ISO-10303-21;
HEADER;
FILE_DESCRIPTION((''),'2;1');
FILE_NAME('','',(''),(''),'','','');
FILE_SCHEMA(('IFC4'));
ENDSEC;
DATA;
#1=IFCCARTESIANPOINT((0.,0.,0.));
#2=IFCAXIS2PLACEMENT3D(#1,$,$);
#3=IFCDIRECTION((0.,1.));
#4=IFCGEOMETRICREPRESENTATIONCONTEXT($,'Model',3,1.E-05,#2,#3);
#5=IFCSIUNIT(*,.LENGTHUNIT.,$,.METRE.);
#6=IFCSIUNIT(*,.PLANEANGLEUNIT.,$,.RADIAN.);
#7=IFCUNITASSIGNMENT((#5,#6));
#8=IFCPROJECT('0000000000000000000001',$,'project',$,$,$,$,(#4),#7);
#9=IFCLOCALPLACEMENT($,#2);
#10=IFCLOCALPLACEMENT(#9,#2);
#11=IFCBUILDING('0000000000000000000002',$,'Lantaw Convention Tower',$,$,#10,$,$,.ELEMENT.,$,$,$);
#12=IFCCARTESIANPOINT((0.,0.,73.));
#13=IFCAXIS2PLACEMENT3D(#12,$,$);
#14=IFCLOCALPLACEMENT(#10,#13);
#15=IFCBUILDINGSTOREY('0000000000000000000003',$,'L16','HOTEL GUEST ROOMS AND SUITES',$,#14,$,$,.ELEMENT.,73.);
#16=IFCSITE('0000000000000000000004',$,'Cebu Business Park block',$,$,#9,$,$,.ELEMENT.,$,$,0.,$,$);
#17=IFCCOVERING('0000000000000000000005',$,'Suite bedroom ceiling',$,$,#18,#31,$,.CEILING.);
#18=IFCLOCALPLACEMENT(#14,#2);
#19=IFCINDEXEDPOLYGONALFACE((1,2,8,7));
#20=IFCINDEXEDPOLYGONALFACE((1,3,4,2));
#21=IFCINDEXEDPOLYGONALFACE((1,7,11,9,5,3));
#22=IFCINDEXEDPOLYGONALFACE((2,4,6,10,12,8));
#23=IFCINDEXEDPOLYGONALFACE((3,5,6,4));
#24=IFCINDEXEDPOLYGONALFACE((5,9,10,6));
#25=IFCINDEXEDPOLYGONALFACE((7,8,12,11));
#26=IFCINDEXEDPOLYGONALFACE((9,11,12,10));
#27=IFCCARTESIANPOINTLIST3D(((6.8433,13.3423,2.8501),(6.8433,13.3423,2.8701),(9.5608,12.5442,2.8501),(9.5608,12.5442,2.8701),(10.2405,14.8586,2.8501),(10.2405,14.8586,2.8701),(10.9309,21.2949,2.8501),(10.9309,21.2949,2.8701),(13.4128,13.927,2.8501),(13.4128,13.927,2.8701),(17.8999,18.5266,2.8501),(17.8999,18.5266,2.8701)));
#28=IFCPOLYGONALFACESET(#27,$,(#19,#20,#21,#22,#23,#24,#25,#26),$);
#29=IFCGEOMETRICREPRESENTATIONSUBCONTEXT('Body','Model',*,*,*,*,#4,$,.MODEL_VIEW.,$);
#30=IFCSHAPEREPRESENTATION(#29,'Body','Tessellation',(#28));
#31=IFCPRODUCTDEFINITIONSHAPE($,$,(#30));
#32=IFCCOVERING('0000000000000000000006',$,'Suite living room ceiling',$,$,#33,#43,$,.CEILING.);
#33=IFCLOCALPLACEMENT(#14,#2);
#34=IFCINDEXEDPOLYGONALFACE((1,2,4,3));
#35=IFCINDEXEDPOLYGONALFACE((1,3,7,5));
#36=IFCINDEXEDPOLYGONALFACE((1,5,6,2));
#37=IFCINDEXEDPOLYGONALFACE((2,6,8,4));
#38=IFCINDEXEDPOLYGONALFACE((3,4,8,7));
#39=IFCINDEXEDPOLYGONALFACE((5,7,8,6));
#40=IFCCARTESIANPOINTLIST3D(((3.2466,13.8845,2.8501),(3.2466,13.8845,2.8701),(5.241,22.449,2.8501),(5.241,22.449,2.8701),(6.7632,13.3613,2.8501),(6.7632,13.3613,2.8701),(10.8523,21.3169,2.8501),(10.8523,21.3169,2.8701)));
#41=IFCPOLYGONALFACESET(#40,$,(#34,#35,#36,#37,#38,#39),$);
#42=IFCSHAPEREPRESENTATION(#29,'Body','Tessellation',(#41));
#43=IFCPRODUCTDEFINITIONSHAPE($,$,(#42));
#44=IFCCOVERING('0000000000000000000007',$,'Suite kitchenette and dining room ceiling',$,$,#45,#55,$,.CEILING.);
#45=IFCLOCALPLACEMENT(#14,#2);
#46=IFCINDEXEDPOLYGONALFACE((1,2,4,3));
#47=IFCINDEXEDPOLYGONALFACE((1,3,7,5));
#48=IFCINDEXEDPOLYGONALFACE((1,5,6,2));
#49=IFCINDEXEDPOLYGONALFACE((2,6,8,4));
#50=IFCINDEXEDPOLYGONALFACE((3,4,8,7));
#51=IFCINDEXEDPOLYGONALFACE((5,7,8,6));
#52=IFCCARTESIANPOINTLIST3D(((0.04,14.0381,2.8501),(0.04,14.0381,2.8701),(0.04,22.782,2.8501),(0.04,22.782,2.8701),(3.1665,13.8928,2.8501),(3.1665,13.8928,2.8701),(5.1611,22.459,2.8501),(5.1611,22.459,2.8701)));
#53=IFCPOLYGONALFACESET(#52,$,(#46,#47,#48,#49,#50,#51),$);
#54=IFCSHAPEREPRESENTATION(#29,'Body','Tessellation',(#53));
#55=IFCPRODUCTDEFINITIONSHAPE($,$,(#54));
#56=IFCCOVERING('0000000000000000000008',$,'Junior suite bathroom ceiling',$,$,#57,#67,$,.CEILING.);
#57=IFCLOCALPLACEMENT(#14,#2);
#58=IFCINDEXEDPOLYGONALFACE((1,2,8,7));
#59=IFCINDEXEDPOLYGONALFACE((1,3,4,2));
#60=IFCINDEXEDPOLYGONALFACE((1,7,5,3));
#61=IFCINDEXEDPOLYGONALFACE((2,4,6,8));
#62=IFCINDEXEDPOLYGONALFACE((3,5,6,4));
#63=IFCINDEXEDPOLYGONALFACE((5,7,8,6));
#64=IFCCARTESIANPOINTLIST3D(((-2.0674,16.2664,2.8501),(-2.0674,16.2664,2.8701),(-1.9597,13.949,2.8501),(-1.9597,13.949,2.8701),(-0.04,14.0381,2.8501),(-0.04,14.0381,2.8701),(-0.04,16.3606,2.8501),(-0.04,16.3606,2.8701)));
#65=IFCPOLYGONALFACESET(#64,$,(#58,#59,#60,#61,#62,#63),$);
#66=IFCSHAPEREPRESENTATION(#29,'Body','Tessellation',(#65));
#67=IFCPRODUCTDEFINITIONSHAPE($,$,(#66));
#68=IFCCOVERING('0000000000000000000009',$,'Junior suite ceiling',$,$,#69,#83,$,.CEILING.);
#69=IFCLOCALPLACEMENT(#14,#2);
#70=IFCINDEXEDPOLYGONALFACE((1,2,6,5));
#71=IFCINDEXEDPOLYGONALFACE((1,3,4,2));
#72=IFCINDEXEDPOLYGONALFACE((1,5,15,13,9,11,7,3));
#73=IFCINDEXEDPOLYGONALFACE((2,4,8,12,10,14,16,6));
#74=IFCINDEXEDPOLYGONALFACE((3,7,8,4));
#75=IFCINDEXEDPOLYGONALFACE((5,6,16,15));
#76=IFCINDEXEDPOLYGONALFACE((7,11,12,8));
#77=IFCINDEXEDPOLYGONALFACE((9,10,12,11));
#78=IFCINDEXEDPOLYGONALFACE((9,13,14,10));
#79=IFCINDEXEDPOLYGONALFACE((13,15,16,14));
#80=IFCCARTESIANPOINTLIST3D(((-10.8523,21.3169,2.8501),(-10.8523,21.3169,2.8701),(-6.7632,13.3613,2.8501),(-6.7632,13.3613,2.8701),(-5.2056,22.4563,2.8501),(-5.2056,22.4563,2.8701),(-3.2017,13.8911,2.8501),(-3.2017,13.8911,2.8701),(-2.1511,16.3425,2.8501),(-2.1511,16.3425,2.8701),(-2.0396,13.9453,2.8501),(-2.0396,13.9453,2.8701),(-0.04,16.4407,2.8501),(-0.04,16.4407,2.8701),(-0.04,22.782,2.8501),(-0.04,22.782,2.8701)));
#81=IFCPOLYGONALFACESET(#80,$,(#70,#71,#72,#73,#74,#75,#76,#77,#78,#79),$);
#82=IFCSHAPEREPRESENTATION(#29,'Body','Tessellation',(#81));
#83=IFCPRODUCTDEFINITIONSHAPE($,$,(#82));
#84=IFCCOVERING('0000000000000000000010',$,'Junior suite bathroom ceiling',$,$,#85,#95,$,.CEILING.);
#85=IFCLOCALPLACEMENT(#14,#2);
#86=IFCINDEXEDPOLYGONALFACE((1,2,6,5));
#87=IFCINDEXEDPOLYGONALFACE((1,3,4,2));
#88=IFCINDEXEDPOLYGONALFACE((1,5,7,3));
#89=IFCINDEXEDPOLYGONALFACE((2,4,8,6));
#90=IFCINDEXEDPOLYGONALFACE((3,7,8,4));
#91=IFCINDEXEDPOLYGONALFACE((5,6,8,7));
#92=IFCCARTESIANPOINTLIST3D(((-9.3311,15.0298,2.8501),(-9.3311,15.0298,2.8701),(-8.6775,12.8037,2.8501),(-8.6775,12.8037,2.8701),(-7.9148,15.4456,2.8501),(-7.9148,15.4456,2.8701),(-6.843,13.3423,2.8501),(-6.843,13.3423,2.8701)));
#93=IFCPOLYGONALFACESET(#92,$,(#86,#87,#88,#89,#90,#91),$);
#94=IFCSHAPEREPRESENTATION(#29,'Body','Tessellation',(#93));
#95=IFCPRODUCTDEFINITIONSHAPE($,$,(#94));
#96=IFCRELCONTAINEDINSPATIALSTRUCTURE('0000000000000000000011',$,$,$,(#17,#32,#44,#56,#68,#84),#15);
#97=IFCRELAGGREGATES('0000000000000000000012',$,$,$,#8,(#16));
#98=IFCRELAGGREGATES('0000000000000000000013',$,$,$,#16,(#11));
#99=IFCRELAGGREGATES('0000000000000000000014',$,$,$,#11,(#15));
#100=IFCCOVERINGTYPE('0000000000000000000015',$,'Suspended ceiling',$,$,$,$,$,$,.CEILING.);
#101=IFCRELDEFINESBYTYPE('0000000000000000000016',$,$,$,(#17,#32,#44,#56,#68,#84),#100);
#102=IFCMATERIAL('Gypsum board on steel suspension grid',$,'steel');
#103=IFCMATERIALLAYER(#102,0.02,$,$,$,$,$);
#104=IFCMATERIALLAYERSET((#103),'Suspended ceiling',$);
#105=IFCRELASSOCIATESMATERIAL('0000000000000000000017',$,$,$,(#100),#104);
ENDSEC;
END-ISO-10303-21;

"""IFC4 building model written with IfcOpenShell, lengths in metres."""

from ifc_helpers import new_model, si_unit, direction, frame, origin, place, context, subcontext, project, spatial, polyline, outline, extrude, material, layer, layer_set, type_object, element, save


model = new_model("IFC4")

# Units and contexts
model_context = context("Model", 3, precision=1e-05, world=origin(), true_north=direction((0.0, 1.0)))
body_context = subcontext(model_context, "Body", "Model", "MODEL_VIEW")
ifc_project = project(units=[si_unit("LENGTHUNIT", "METRE"), si_unit("PLANEANGLEUNIT", "RADIAN")], contexts=[model_context])

# Site, building, storey
site_placement = place(None, origin())
site = spatial("IfcSite", under=ifc_project, at=site_placement, Name="Cebu Business Park block", CompositionType="ELEMENT", RefElevation=0.0)
building_placement = place(site_placement, origin())
building = spatial("IfcBuilding", under=site, at=building_placement, Name="Lantaw Convention Tower", CompositionType="ELEMENT")
storey_placement = place(building_placement, frame((0.0, 0.0, 73.0)))
storey = spatial("IfcBuildingStorey", under=building, at=storey_placement, Name="L16", Description="HOTEL GUEST ROOMS AND SUITES", CompositionType="ELEMENT", Elevation=73.0)

# Coverings
ifc_material_1 = material(Name="Gypsum board on steel suspension grid", Category="steel")
ifc_layer_1 = layer(ifc_material_1, 0.02)
ifc_layer_set_1 = layer_set([ifc_layer_1], Name="Suspended ceiling")
covering_type = type_object("IfcCoveringType", Name="Suspended ceiling", PredefinedType="CEILING", material=ifc_layer_set_1)
covering_1_placement = place(storey_placement, frame((0.0, 0.0, 2.8501)))
element("IfcCovering", 1, at=covering_1_placement, inside=storey, type_object=covering_type, Name="Suite bedroom ceiling", PredefinedType="CEILING", context=body_context, shape_type="SweptSolid", body=[
    extrude(outline(polyline([(10.9309, 21.2949), (6.8433, 13.3423), (9.5608, 12.5442), (10.2405, 14.8586), (13.4128, 13.927), (17.8999, 18.5266), (10.9309, 21.2949)])), origin(), (0.0, 0.0, 1.0), 0.02),
])
covering_2_placement = place(storey_placement, frame((0.0, 0.0, 2.8501)))
element("IfcCovering", 2, at=covering_2_placement, inside=storey, type_object=covering_type, Name="Suite living room ceiling", PredefinedType="CEILING", context=body_context, shape_type="SweptSolid", body=[
    extrude(outline(polyline([(6.7632, 13.3613), (10.8523, 21.3169), (5.241, 22.449), (3.2466, 13.8845), (6.7632, 13.3613)])), origin(), (0.0, 0.0, 1.0), 0.02),
])
covering_3_placement = place(storey_placement, frame((0.0, 0.0, 2.8501)))
element("IfcCovering", 3, at=covering_3_placement, inside=storey, type_object=covering_type, Name="Suite kitchenette and dining room ceiling", PredefinedType="CEILING", context=body_context, shape_type="SweptSolid", body=[
    extrude(outline(polyline([(3.1665, 13.8928), (5.1611, 22.459), (0.04, 22.782), (0.04, 14.0381), (3.1665, 13.8928)])), origin(), (0.0, 0.0, 1.0), 0.02),
])
covering_4_placement = place(storey_placement, frame((0.0, 0.0, 2.8501)))
element("IfcCovering", 4, at=covering_4_placement, inside=storey, type_object=covering_type, Name="Junior suite bathroom ceiling", PredefinedType="CEILING", context=body_context, shape_type="SweptSolid", body=[
    extrude(outline(polyline([(-0.04, 14.0381), (-0.04, 16.3606), (-2.0674, 16.2664), (-1.9597, 13.949), (-0.04, 14.0381)])), origin(), (0.0, 0.0, 1.0), 0.02),
])
covering_5_placement = place(storey_placement, frame((0.0, 0.0, 2.8501)))
element("IfcCovering", 5, at=covering_5_placement, inside=storey, type_object=covering_type, Name="Junior suite ceiling", PredefinedType="CEILING", context=body_context, shape_type="SweptSolid", body=[
    extrude(outline(polyline([(-3.2017, 13.8911), (-2.0396, 13.9453), (-2.1511, 16.3425), (-0.04, 16.4407), (-0.04, 22.782), (-5.2056, 22.4563), (-10.8523, 21.3169), (-6.7632, 13.3613), (-3.2017, 13.8911)])), origin(), (0.0, 0.0, 1.0), 0.02),
])
covering_6_placement = place(storey_placement, frame((0.0, 0.0, 2.8501)))
element("IfcCovering", 6, at=covering_6_placement, inside=storey, type_object=covering_type, Name="Junior suite bathroom ceiling", PredefinedType="CEILING", context=body_context, shape_type="SweptSolid", body=[
    extrude(outline(polyline([(-6.843, 13.3423), (-7.9148, 15.4456), (-9.3311, 15.0298), (-8.6775, 12.8037), (-6.843, 13.3423)])), origin(), (0.0, 0.0, 1.0), 0.02),
])

save(model, "model.ifc")
